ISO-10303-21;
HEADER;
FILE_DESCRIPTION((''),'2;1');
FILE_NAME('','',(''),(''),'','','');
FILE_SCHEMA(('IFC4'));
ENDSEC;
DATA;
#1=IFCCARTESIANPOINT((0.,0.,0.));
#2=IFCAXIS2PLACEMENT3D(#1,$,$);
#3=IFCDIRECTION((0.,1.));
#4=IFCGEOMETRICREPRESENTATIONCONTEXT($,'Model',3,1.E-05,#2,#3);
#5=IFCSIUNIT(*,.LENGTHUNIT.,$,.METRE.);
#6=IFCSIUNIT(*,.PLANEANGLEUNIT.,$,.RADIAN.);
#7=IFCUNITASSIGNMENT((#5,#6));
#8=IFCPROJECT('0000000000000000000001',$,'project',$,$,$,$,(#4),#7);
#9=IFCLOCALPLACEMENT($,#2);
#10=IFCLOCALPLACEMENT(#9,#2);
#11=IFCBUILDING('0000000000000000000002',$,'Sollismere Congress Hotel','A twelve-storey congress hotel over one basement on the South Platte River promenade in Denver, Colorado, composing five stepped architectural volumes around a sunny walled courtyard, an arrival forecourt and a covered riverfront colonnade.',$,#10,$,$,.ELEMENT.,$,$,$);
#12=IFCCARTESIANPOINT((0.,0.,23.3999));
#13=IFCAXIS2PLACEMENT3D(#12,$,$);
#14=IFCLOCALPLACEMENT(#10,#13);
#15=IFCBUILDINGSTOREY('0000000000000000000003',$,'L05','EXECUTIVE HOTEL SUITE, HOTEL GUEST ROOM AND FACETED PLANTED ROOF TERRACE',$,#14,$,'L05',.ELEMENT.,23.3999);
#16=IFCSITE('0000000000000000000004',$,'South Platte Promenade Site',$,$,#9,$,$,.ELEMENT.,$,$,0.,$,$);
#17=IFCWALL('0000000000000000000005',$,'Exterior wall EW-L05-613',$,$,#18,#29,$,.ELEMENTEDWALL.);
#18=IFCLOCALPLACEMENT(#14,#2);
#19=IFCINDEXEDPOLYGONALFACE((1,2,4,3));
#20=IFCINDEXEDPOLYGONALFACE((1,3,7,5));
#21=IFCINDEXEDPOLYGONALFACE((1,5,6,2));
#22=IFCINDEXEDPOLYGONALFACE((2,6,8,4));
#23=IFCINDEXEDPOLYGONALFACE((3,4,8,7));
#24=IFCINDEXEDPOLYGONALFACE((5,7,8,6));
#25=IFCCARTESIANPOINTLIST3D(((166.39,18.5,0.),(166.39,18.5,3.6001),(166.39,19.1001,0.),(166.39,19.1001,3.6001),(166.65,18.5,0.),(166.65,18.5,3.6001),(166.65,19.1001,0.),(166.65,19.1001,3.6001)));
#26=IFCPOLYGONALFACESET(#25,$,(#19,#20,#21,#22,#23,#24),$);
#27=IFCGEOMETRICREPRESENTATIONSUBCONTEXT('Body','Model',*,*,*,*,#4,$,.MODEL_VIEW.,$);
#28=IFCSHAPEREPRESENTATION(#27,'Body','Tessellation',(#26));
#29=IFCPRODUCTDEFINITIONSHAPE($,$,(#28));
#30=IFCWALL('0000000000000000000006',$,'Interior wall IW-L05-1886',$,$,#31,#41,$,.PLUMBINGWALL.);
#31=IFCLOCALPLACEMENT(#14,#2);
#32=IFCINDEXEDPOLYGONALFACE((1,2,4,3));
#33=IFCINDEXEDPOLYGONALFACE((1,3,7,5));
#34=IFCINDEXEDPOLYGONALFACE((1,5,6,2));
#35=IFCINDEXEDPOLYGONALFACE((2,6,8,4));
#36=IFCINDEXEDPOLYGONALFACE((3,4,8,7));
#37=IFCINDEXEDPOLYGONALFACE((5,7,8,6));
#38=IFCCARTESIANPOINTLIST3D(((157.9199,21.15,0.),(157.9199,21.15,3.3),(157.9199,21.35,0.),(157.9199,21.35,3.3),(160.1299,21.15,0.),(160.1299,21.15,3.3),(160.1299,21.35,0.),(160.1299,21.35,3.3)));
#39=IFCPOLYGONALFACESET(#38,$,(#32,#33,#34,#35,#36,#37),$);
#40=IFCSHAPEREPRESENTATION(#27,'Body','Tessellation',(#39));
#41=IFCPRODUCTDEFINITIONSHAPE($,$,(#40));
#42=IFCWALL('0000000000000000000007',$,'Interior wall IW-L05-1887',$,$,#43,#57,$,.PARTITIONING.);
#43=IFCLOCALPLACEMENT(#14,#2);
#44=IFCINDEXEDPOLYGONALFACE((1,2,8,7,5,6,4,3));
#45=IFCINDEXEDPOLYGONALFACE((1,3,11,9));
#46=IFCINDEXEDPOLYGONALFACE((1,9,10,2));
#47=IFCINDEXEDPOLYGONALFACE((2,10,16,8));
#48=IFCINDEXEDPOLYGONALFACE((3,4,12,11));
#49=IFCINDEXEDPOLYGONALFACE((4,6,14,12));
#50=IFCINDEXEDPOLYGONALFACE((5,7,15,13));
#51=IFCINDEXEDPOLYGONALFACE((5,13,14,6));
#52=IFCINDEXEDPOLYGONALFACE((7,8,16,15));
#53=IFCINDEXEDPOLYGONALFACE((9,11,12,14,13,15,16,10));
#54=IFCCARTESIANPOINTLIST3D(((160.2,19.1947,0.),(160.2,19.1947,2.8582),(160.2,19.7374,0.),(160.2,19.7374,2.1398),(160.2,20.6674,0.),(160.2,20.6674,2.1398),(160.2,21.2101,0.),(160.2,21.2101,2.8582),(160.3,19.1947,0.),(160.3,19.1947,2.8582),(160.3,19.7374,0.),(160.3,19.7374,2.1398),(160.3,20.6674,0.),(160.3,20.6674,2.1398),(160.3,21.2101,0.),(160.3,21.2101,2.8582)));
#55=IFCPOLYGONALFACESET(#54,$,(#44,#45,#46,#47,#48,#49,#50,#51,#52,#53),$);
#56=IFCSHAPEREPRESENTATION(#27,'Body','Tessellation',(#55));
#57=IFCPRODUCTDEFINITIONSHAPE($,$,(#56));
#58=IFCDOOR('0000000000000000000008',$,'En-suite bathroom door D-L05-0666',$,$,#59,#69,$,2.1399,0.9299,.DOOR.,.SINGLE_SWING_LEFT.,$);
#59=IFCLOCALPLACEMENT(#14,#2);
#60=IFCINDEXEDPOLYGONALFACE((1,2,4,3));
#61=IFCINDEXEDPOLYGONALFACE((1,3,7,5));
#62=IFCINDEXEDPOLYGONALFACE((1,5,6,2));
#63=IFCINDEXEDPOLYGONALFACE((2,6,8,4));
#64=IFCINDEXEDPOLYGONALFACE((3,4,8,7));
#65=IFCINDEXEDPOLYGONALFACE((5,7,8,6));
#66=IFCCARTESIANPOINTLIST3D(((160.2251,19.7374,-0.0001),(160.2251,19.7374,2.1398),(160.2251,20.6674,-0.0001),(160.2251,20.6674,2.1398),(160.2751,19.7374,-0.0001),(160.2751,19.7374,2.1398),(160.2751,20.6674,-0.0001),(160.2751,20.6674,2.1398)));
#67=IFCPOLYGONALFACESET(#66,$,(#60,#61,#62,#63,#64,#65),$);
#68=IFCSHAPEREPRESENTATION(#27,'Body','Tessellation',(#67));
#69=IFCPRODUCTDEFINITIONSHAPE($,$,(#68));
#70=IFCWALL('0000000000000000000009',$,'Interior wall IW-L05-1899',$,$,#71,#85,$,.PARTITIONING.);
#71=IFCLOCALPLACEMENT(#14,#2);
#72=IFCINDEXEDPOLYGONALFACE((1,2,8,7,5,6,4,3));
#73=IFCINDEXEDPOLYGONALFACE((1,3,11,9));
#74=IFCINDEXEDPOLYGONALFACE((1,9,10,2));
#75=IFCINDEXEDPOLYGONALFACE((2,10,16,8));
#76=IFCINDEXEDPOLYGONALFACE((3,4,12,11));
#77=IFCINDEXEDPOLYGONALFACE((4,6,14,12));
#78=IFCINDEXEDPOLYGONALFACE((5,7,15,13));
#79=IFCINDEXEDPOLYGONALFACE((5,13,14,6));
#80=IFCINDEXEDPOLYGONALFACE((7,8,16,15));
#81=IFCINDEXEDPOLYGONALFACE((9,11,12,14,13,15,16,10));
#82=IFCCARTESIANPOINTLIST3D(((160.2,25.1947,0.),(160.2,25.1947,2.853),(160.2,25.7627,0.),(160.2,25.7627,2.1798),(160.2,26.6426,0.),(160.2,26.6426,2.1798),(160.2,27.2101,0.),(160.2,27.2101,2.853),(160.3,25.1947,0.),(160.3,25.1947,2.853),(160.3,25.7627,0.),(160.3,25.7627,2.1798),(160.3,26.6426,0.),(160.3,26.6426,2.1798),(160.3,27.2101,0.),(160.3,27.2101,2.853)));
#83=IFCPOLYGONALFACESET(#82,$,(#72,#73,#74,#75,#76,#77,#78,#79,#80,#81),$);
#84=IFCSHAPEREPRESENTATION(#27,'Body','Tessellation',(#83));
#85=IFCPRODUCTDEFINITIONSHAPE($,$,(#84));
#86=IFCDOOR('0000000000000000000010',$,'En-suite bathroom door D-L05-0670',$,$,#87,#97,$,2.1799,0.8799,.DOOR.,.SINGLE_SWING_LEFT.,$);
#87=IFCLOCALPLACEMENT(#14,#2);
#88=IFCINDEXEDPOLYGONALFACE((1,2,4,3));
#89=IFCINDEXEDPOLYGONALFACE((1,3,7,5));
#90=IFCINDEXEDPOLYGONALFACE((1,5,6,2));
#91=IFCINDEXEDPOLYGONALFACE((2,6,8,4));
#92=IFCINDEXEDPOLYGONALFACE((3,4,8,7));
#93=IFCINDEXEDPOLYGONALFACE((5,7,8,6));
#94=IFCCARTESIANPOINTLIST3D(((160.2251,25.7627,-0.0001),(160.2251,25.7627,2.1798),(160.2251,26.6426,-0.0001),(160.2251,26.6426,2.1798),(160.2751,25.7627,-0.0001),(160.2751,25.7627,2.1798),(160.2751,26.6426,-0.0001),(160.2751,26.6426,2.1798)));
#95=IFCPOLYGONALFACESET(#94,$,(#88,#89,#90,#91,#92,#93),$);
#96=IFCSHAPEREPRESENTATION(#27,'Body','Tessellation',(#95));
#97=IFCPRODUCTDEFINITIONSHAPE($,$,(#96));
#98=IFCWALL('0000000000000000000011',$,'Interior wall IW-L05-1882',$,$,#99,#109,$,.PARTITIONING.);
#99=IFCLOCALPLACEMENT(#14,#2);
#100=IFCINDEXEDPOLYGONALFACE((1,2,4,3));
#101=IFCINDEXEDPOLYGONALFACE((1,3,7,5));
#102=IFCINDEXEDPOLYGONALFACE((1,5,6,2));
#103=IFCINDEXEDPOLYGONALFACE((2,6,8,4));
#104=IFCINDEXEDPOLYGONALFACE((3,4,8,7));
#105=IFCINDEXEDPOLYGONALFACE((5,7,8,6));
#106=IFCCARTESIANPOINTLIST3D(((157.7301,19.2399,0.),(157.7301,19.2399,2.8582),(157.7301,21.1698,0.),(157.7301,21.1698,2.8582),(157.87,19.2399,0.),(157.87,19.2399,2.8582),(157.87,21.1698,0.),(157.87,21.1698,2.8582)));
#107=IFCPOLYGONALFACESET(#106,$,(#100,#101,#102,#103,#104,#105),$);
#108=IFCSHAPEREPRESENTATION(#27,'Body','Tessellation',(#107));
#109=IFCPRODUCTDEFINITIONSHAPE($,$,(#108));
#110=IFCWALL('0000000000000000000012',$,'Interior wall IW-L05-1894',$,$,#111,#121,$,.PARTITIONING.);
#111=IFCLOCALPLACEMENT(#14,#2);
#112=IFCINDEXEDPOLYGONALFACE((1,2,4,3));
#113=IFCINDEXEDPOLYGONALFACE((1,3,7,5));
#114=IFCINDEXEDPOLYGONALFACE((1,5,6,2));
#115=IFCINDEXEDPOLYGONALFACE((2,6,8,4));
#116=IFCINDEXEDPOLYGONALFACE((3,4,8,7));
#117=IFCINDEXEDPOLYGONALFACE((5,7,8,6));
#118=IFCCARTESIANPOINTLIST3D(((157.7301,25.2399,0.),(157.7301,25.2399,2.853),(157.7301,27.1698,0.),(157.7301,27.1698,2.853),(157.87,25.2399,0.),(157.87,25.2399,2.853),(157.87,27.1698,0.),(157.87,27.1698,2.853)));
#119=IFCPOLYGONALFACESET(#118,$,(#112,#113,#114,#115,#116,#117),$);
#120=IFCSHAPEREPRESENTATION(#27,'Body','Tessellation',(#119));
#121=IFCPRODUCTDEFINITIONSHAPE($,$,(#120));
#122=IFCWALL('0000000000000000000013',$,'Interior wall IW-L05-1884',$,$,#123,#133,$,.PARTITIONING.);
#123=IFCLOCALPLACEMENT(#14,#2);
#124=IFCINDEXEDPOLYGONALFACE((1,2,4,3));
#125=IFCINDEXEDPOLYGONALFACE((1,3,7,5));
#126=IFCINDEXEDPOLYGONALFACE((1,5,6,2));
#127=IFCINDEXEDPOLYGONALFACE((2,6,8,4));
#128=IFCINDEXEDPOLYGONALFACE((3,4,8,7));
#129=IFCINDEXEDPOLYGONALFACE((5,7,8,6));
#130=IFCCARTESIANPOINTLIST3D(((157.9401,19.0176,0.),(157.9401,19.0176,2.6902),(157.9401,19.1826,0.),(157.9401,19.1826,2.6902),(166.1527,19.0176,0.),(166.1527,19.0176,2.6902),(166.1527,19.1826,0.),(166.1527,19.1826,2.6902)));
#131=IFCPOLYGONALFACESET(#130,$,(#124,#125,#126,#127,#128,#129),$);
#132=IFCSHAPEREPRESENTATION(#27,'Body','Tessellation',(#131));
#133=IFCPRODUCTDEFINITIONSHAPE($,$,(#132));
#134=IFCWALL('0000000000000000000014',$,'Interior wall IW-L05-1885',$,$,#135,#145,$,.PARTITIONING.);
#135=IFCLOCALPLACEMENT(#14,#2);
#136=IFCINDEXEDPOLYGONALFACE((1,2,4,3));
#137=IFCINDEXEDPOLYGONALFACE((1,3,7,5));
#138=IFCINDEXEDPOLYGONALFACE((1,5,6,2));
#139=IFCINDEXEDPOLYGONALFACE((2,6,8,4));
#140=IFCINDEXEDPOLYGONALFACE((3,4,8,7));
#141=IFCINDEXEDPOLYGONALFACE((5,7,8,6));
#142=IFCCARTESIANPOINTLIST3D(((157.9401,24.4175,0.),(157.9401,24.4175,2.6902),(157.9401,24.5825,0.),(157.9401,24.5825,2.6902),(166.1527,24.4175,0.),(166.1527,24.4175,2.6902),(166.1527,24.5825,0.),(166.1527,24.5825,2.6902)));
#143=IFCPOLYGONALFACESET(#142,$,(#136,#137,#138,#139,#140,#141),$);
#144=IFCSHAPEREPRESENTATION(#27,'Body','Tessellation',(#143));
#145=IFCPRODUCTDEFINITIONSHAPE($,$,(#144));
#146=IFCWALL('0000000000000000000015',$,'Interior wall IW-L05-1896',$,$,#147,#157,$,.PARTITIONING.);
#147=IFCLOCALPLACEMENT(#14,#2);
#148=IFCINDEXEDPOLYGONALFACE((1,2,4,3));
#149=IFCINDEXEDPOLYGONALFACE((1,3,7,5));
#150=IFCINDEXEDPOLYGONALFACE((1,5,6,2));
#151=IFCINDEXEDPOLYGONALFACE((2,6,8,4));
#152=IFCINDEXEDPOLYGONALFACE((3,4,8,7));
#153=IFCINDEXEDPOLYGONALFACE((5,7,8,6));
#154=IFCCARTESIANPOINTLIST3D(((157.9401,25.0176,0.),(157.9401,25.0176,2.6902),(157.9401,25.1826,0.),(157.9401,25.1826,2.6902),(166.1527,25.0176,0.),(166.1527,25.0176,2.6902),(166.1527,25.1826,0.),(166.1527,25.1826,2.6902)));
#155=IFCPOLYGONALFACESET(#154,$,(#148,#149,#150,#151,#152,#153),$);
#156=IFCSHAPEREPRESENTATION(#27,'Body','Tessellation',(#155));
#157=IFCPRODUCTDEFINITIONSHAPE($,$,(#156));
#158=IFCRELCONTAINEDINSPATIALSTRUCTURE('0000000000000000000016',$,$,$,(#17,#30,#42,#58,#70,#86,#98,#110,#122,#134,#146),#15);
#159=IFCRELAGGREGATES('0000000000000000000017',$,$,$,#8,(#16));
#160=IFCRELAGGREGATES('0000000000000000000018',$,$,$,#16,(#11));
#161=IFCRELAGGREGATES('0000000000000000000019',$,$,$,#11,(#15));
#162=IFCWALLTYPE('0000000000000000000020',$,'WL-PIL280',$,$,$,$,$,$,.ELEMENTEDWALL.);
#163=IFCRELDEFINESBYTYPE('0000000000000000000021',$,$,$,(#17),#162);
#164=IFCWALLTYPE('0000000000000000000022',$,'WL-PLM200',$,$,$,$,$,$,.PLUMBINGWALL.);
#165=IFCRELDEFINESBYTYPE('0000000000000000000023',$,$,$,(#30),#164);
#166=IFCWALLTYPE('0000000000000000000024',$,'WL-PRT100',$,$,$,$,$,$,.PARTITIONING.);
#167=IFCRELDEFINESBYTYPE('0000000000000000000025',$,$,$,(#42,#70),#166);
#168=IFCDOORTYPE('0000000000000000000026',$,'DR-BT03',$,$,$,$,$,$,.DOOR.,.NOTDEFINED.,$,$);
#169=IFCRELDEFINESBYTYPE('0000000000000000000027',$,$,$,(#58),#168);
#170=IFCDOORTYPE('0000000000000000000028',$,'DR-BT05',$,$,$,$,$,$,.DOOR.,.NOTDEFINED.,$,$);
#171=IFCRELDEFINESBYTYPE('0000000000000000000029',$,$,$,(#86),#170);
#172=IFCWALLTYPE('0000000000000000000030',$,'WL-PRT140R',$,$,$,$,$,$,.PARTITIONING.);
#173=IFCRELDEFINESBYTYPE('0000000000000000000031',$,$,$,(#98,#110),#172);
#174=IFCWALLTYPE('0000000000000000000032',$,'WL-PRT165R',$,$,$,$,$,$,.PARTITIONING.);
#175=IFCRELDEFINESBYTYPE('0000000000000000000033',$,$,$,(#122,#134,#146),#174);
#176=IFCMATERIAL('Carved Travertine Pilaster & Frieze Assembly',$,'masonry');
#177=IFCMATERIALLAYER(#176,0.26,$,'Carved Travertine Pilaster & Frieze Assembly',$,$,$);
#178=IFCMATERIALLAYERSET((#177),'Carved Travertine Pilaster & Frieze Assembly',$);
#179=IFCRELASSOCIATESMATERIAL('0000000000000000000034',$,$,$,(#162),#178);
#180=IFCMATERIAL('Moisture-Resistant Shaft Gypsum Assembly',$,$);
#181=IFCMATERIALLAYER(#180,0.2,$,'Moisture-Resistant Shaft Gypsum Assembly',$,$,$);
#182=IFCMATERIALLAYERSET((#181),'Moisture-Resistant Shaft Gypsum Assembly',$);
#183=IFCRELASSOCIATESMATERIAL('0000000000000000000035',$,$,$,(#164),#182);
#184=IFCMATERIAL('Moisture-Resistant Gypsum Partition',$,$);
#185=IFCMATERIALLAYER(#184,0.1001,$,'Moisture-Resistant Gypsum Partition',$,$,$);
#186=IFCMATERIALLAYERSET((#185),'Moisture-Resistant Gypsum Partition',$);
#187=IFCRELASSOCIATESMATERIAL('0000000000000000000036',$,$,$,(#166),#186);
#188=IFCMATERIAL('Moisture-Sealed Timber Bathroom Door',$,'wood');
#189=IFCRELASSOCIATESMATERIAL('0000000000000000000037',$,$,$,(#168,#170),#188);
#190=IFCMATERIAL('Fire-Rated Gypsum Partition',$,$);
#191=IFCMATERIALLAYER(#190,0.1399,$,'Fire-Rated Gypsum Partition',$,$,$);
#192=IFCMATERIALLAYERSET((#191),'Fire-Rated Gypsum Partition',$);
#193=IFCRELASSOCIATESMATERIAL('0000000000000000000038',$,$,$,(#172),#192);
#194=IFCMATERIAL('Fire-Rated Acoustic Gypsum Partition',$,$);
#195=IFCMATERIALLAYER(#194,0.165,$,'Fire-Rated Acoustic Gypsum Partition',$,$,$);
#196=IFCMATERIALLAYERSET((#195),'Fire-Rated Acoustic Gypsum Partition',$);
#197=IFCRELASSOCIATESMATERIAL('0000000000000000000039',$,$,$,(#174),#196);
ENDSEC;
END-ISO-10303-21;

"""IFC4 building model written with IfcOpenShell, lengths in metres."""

from ifc_helpers import new_model, si_unit, direction, frame, frame_2d, origin, place, context, subcontext, project, spatial, rectangle, extrude, material, layer, layer_set, type_object, element, fill, save


model = new_model("IFC4")

# Units and contexts
model_context = context("Model", 3, precision=1e-05, world=origin(), true_north=direction((0.0, 1.0)))
body_context = subcontext(model_context, "Body", "Model", "MODEL_VIEW")
ifc_project = project(units=[si_unit("LENGTHUNIT", "METRE"), si_unit("PLANEANGLEUNIT", "RADIAN")], contexts=[model_context])

# Site, building, storey
site_placement = place(None, origin())
site = spatial("IfcSite", under=ifc_project, at=site_placement, Name="South Platte Promenade Site", CompositionType="ELEMENT", RefElevation=0.0)
building_placement = place(site_placement, origin())
building = spatial("IfcBuilding", under=site, at=building_placement, Name="Sollismere Congress Hotel", Description="A twelve-storey congress hotel over one basement on the South Platte River promenade in Denver, Colorado, composing five stepped architectural volumes around a sunny walled courtyard, an arrival forecourt and a covered riverfront colonnade.", CompositionType="ELEMENT")
storey_placement = place(building_placement, frame((0.0, 0.0, 23.3999)))
storey = spatial("IfcBuildingStorey", under=building, at=storey_placement, Name="L05", Description="EXECUTIVE HOTEL SUITE, HOTEL GUEST ROOM AND FACETED PLANTED ROOF TERRACE", LongName="L05", CompositionType="ELEMENT", Elevation=23.3999)

# Walls
ifc_material_1 = material(Name="Carved Travertine Pilaster & Frieze Assembly", Category="masonry")
ifc_layer_1 = layer(ifc_material_1, 0.26, Name="Carved Travertine Pilaster & Frieze Assembly")
ifc_layer_set_1 = layer_set([ifc_layer_1], Name="Carved Travertine Pilaster & Frieze Assembly")
wall_type_1 = type_object("IfcWallType", Name="WL-PIL280", PredefinedType="ELEMENTEDWALL", material=ifc_layer_set_1)
wall_1_placement = place(storey_placement, frame((166.52, 18.5, 0.0), z_axis=(0.0, 0.0, 1.0), x_axis=(0.0, 1.0, 0.0)))
element("IfcWall", 1, at=wall_1_placement, inside=storey, type_object=wall_type_1, Name="Exterior wall EW-L05-613", PredefinedType="ELEMENTEDWALL", context=body_context, shape_type="SweptSolid", body=[
    extrude(rectangle(XDim=0.6001, YDim=0.26, at=frame_2d((0.3, 0.0))), origin(), (0.0, 0.0, 1.0), 3.6001),
])
ifc_material_2 = material(Name="Moisture-Resistant Shaft Gypsum Assembly")
ifc_layer_2 = layer(ifc_material_2, 0.2, Name="Moisture-Resistant Shaft Gypsum Assembly")
ifc_layer_set_2 = layer_set([ifc_layer_2], Name="Moisture-Resistant Shaft Gypsum Assembly")
wall_type_2 = type_object("IfcWallType", Name="WL-PLM200", PredefinedType="PLUMBINGWALL", material=ifc_layer_set_2)
wall_2_placement = place(storey_placement, frame((157.9199, 21.25, 0.0), z_axis=(0.0, 0.0, 1.0), x_axis=(1.0, 0.0, 0.0)))
element("IfcWall", 2, at=wall_2_placement, inside=storey, type_object=wall_type_2, Name="Interior wall IW-L05-1886", PredefinedType="PLUMBINGWALL", context=body_context, shape_type="SweptSolid", body=[
    extrude(rectangle(XDim=2.21, YDim=0.2, at=frame_2d((1.105, 0.0))), origin(), (0.0, 0.0, 1.0), 3.3),
])

# Walls, openings, doors
ifc_material_3 = material(Name="Moisture-Resistant Gypsum Partition")
ifc_layer_3 = layer(ifc_material_3, 0.1001, Name="Moisture-Resistant Gypsum Partition")
ifc_layer_set_3 = layer_set([ifc_layer_3], Name="Moisture-Resistant Gypsum Partition")
wall_type_3 = type_object("IfcWallType", Name="WL-PRT100", PredefinedType="PARTITIONING", material=ifc_layer_set_3)
wall_3_placement = place(storey_placement, frame((160.25, 19.1946, 0.0), z_axis=(0.0, 0.0, 1.0), x_axis=(0.0, 1.0, 0.0)))
wall_3 = element("IfcWall", 3, at=wall_3_placement, inside=storey, type_object=wall_type_3, Name="Interior wall IW-L05-1887", PredefinedType="PARTITIONING", context=body_context, shape_type="SweptSolid", body=[
    extrude(rectangle(XDim=2.0154, YDim=0.1001, at=frame_2d((1.0078, 0.0))), origin(), (0.0, 0.0, 1.0), 2.8582),
])
opening_1_placement = place(wall_3_placement, frame((0.543, 0.0, 0.0)))
opening_1 = element("IfcOpeningElement", 4, at=opening_1_placement, cuts=wall_3, PredefinedType="OPENING", context=body_context, shape_type="SweptSolid", body=[
    extrude(rectangle(XDim=0.9299, YDim=2.1399, at=frame_2d((0.4648, 1.0698))), frame((0.0, 0.0601, 0.0), z_axis=(0.0, -1.0, 0.0), x_axis=(1.0, 0.0, 0.0)), (0.0, 0.0, 1.0), 0.1201),
])
ifc_material_4 = material(Name="Moisture-Sealed Timber Bathroom Door", Category="wood")
door_type_1 = type_object("IfcDoorType", Name="DR-BT03", OperationType="NOTDEFINED", PredefinedType="DOOR", material=ifc_material_4)
door_1_placement = place(opening_1_placement, origin())
door_1 = element("IfcDoor", 5, at=door_1_placement, inside=storey, type_object=door_type_1, Name="En-suite bathroom door D-L05-0666", OperationType="SINGLE_SWING_LEFT", OverallHeight=2.1399, OverallWidth=0.9299, PredefinedType="DOOR", context=body_context, shape_type="SweptSolid", body=[
    extrude(rectangle(XDim=0.9299, YDim=2.1399, at=frame_2d((0.4648, 1.0698))), frame((0.0, 0.0249, 0.0), z_axis=(0.0, -1.0, 0.0), x_axis=(1.0, 0.0, 0.0)), (0.0, 0.0, 1.0), 0.05),
])
fill(opening_1, door_1)
wall_4_placement = place(storey_placement, frame((160.25, 25.1946, 0.0), z_axis=(0.0, 0.0, 1.0), x_axis=(0.0, 1.0, 0.0)))
wall_4 = element("IfcWall", 6, at=wall_4_placement, inside=storey, type_object=wall_type_3, Name="Interior wall IW-L05-1899", PredefinedType="PARTITIONING", context=body_context, shape_type="SweptSolid", body=[
    extrude(rectangle(XDim=2.0154, YDim=0.1001, at=frame_2d((1.0078, 0.0))), origin(), (0.0, 0.0, 1.0), 2.853),
])
opening_2_placement = place(wall_4_placement, frame((0.5681, 0.0, 0.0)))
opening_2 = element("IfcOpeningElement", 7, at=opening_2_placement, cuts=wall_4, PredefinedType="OPENING", context=body_context, shape_type="SweptSolid", body=[
    extrude(rectangle(XDim=0.8799, YDim=2.1799, at=frame_2d((0.4399, 1.0898))), frame((0.0, 0.0601, 0.0), z_axis=(0.0, -1.0, 0.0), x_axis=(1.0, 0.0, 0.0)), (0.0, 0.0, 1.0), 0.1201),
])
door_type_2 = type_object("IfcDoorType", Name="DR-BT05", OperationType="NOTDEFINED", PredefinedType="DOOR", material=ifc_material_4)
door_2_placement = place(opening_2_placement, origin())
door_2 = element("IfcDoor", 8, at=door_2_placement, inside=storey, type_object=door_type_2, Name="En-suite bathroom door D-L05-0670", OperationType="SINGLE_SWING_LEFT", OverallHeight=2.1799, OverallWidth=0.8799, PredefinedType="DOOR", context=body_context, shape_type="SweptSolid", body=[
    extrude(rectangle(XDim=0.8799, YDim=2.1799, at=frame_2d((0.4399, 1.0898))), frame((0.0, 0.0249, 0.0), z_axis=(0.0, -1.0, 0.0), x_axis=(1.0, 0.0, 0.0)), (0.0, 0.0, 1.0), 0.05),
])
fill(opening_2, door_2)

# Wall
ifc_material_5 = material(Name="Fire-Rated Gypsum Partition")
ifc_layer_4 = layer(ifc_material_5, 0.1399, Name="Fire-Rated Gypsum Partition")
ifc_layer_set_4 = layer_set([ifc_layer_4], Name="Fire-Rated Gypsum Partition")
wall_type_4 = type_object("IfcWallType", Name="WL-PRT140R", PredefinedType="PARTITIONING", material=ifc_layer_set_4)
wall_5_placement = place(storey_placement, frame((157.8, 19.24, 0.0), z_axis=(0.0, 0.0, 1.0), x_axis=(0.0, 1.0, 0.0)))
element("IfcWall", 9, at=wall_5_placement, inside=storey, type_object=wall_type_4, Name="Interior wall IW-L05-1882", PredefinedType="PARTITIONING", context=body_context, shape_type="SweptSolid", body=[
    extrude(rectangle(XDim=1.9299, YDim=0.1399, at=frame_2d((0.9648, 0.0))), origin(), (0.0, 0.0, 1.0), 2.8582),
])

# Walls
wall_6_placement = place(storey_placement, frame((157.8, 25.24, 0.0), z_axis=(0.0, 0.0, 1.0), x_axis=(0.0, 1.0, 0.0)))
element("IfcWall", 10, at=wall_6_placement, inside=storey, type_object=wall_type_4, Name="Interior wall IW-L05-1894", PredefinedType="PARTITIONING", context=body_context, shape_type="SweptSolid", body=[
    extrude(rectangle(XDim=1.9299, YDim=0.1399, at=frame_2d((0.9648, 0.0))), origin(), (0.0, 0.0, 1.0), 2.853),
])
ifc_material_6 = material(Name="Fire-Rated Acoustic Gypsum Partition")
ifc_layer_5 = layer(ifc_material_6, 0.165, Name="Fire-Rated Acoustic Gypsum Partition")
ifc_layer_set_5 = layer_set([ifc_layer_5], Name="Fire-Rated Acoustic Gypsum Partition")
wall_type_5 = type_object("IfcWallType", Name="WL-PRT165R", PredefinedType="PARTITIONING", material=ifc_layer_set_5)
for number, where, z_axis, x_axis, name in (
    (11, (157.9399, 19.1001, 0.0), (0.0, 0.0, 1.0), (1.0, 0.0, 0.0), "Interior wall IW-L05-1884"),
    (12, (157.9399, 24.5, 0.0), (0.0, 0.0, 1.0), (1.0, 0.0, 0.0), "Interior wall IW-L05-1885"),
    (13, (157.9399, 25.1001, 0.0), (0.0, 0.0, 1.0), (1.0, 0.0, 0.0), "Interior wall IW-L05-1896"),
):
    element("IfcWall", number, at=place(storey_placement, frame(where, z_axis=z_axis, x_axis=x_axis)), inside=storey, type_object=wall_type_5, Name=name, PredefinedType="PARTITIONING", context=body_context, shape_type="SweptSolid", body=[
        extrude(rectangle(XDim=8.2126, YDim=0.165, at=frame_2d((4.1064, 0.0))), origin(), (0.0, 0.0, 1.0), 2.6902),
    ])

save(model, "model.ifc")
